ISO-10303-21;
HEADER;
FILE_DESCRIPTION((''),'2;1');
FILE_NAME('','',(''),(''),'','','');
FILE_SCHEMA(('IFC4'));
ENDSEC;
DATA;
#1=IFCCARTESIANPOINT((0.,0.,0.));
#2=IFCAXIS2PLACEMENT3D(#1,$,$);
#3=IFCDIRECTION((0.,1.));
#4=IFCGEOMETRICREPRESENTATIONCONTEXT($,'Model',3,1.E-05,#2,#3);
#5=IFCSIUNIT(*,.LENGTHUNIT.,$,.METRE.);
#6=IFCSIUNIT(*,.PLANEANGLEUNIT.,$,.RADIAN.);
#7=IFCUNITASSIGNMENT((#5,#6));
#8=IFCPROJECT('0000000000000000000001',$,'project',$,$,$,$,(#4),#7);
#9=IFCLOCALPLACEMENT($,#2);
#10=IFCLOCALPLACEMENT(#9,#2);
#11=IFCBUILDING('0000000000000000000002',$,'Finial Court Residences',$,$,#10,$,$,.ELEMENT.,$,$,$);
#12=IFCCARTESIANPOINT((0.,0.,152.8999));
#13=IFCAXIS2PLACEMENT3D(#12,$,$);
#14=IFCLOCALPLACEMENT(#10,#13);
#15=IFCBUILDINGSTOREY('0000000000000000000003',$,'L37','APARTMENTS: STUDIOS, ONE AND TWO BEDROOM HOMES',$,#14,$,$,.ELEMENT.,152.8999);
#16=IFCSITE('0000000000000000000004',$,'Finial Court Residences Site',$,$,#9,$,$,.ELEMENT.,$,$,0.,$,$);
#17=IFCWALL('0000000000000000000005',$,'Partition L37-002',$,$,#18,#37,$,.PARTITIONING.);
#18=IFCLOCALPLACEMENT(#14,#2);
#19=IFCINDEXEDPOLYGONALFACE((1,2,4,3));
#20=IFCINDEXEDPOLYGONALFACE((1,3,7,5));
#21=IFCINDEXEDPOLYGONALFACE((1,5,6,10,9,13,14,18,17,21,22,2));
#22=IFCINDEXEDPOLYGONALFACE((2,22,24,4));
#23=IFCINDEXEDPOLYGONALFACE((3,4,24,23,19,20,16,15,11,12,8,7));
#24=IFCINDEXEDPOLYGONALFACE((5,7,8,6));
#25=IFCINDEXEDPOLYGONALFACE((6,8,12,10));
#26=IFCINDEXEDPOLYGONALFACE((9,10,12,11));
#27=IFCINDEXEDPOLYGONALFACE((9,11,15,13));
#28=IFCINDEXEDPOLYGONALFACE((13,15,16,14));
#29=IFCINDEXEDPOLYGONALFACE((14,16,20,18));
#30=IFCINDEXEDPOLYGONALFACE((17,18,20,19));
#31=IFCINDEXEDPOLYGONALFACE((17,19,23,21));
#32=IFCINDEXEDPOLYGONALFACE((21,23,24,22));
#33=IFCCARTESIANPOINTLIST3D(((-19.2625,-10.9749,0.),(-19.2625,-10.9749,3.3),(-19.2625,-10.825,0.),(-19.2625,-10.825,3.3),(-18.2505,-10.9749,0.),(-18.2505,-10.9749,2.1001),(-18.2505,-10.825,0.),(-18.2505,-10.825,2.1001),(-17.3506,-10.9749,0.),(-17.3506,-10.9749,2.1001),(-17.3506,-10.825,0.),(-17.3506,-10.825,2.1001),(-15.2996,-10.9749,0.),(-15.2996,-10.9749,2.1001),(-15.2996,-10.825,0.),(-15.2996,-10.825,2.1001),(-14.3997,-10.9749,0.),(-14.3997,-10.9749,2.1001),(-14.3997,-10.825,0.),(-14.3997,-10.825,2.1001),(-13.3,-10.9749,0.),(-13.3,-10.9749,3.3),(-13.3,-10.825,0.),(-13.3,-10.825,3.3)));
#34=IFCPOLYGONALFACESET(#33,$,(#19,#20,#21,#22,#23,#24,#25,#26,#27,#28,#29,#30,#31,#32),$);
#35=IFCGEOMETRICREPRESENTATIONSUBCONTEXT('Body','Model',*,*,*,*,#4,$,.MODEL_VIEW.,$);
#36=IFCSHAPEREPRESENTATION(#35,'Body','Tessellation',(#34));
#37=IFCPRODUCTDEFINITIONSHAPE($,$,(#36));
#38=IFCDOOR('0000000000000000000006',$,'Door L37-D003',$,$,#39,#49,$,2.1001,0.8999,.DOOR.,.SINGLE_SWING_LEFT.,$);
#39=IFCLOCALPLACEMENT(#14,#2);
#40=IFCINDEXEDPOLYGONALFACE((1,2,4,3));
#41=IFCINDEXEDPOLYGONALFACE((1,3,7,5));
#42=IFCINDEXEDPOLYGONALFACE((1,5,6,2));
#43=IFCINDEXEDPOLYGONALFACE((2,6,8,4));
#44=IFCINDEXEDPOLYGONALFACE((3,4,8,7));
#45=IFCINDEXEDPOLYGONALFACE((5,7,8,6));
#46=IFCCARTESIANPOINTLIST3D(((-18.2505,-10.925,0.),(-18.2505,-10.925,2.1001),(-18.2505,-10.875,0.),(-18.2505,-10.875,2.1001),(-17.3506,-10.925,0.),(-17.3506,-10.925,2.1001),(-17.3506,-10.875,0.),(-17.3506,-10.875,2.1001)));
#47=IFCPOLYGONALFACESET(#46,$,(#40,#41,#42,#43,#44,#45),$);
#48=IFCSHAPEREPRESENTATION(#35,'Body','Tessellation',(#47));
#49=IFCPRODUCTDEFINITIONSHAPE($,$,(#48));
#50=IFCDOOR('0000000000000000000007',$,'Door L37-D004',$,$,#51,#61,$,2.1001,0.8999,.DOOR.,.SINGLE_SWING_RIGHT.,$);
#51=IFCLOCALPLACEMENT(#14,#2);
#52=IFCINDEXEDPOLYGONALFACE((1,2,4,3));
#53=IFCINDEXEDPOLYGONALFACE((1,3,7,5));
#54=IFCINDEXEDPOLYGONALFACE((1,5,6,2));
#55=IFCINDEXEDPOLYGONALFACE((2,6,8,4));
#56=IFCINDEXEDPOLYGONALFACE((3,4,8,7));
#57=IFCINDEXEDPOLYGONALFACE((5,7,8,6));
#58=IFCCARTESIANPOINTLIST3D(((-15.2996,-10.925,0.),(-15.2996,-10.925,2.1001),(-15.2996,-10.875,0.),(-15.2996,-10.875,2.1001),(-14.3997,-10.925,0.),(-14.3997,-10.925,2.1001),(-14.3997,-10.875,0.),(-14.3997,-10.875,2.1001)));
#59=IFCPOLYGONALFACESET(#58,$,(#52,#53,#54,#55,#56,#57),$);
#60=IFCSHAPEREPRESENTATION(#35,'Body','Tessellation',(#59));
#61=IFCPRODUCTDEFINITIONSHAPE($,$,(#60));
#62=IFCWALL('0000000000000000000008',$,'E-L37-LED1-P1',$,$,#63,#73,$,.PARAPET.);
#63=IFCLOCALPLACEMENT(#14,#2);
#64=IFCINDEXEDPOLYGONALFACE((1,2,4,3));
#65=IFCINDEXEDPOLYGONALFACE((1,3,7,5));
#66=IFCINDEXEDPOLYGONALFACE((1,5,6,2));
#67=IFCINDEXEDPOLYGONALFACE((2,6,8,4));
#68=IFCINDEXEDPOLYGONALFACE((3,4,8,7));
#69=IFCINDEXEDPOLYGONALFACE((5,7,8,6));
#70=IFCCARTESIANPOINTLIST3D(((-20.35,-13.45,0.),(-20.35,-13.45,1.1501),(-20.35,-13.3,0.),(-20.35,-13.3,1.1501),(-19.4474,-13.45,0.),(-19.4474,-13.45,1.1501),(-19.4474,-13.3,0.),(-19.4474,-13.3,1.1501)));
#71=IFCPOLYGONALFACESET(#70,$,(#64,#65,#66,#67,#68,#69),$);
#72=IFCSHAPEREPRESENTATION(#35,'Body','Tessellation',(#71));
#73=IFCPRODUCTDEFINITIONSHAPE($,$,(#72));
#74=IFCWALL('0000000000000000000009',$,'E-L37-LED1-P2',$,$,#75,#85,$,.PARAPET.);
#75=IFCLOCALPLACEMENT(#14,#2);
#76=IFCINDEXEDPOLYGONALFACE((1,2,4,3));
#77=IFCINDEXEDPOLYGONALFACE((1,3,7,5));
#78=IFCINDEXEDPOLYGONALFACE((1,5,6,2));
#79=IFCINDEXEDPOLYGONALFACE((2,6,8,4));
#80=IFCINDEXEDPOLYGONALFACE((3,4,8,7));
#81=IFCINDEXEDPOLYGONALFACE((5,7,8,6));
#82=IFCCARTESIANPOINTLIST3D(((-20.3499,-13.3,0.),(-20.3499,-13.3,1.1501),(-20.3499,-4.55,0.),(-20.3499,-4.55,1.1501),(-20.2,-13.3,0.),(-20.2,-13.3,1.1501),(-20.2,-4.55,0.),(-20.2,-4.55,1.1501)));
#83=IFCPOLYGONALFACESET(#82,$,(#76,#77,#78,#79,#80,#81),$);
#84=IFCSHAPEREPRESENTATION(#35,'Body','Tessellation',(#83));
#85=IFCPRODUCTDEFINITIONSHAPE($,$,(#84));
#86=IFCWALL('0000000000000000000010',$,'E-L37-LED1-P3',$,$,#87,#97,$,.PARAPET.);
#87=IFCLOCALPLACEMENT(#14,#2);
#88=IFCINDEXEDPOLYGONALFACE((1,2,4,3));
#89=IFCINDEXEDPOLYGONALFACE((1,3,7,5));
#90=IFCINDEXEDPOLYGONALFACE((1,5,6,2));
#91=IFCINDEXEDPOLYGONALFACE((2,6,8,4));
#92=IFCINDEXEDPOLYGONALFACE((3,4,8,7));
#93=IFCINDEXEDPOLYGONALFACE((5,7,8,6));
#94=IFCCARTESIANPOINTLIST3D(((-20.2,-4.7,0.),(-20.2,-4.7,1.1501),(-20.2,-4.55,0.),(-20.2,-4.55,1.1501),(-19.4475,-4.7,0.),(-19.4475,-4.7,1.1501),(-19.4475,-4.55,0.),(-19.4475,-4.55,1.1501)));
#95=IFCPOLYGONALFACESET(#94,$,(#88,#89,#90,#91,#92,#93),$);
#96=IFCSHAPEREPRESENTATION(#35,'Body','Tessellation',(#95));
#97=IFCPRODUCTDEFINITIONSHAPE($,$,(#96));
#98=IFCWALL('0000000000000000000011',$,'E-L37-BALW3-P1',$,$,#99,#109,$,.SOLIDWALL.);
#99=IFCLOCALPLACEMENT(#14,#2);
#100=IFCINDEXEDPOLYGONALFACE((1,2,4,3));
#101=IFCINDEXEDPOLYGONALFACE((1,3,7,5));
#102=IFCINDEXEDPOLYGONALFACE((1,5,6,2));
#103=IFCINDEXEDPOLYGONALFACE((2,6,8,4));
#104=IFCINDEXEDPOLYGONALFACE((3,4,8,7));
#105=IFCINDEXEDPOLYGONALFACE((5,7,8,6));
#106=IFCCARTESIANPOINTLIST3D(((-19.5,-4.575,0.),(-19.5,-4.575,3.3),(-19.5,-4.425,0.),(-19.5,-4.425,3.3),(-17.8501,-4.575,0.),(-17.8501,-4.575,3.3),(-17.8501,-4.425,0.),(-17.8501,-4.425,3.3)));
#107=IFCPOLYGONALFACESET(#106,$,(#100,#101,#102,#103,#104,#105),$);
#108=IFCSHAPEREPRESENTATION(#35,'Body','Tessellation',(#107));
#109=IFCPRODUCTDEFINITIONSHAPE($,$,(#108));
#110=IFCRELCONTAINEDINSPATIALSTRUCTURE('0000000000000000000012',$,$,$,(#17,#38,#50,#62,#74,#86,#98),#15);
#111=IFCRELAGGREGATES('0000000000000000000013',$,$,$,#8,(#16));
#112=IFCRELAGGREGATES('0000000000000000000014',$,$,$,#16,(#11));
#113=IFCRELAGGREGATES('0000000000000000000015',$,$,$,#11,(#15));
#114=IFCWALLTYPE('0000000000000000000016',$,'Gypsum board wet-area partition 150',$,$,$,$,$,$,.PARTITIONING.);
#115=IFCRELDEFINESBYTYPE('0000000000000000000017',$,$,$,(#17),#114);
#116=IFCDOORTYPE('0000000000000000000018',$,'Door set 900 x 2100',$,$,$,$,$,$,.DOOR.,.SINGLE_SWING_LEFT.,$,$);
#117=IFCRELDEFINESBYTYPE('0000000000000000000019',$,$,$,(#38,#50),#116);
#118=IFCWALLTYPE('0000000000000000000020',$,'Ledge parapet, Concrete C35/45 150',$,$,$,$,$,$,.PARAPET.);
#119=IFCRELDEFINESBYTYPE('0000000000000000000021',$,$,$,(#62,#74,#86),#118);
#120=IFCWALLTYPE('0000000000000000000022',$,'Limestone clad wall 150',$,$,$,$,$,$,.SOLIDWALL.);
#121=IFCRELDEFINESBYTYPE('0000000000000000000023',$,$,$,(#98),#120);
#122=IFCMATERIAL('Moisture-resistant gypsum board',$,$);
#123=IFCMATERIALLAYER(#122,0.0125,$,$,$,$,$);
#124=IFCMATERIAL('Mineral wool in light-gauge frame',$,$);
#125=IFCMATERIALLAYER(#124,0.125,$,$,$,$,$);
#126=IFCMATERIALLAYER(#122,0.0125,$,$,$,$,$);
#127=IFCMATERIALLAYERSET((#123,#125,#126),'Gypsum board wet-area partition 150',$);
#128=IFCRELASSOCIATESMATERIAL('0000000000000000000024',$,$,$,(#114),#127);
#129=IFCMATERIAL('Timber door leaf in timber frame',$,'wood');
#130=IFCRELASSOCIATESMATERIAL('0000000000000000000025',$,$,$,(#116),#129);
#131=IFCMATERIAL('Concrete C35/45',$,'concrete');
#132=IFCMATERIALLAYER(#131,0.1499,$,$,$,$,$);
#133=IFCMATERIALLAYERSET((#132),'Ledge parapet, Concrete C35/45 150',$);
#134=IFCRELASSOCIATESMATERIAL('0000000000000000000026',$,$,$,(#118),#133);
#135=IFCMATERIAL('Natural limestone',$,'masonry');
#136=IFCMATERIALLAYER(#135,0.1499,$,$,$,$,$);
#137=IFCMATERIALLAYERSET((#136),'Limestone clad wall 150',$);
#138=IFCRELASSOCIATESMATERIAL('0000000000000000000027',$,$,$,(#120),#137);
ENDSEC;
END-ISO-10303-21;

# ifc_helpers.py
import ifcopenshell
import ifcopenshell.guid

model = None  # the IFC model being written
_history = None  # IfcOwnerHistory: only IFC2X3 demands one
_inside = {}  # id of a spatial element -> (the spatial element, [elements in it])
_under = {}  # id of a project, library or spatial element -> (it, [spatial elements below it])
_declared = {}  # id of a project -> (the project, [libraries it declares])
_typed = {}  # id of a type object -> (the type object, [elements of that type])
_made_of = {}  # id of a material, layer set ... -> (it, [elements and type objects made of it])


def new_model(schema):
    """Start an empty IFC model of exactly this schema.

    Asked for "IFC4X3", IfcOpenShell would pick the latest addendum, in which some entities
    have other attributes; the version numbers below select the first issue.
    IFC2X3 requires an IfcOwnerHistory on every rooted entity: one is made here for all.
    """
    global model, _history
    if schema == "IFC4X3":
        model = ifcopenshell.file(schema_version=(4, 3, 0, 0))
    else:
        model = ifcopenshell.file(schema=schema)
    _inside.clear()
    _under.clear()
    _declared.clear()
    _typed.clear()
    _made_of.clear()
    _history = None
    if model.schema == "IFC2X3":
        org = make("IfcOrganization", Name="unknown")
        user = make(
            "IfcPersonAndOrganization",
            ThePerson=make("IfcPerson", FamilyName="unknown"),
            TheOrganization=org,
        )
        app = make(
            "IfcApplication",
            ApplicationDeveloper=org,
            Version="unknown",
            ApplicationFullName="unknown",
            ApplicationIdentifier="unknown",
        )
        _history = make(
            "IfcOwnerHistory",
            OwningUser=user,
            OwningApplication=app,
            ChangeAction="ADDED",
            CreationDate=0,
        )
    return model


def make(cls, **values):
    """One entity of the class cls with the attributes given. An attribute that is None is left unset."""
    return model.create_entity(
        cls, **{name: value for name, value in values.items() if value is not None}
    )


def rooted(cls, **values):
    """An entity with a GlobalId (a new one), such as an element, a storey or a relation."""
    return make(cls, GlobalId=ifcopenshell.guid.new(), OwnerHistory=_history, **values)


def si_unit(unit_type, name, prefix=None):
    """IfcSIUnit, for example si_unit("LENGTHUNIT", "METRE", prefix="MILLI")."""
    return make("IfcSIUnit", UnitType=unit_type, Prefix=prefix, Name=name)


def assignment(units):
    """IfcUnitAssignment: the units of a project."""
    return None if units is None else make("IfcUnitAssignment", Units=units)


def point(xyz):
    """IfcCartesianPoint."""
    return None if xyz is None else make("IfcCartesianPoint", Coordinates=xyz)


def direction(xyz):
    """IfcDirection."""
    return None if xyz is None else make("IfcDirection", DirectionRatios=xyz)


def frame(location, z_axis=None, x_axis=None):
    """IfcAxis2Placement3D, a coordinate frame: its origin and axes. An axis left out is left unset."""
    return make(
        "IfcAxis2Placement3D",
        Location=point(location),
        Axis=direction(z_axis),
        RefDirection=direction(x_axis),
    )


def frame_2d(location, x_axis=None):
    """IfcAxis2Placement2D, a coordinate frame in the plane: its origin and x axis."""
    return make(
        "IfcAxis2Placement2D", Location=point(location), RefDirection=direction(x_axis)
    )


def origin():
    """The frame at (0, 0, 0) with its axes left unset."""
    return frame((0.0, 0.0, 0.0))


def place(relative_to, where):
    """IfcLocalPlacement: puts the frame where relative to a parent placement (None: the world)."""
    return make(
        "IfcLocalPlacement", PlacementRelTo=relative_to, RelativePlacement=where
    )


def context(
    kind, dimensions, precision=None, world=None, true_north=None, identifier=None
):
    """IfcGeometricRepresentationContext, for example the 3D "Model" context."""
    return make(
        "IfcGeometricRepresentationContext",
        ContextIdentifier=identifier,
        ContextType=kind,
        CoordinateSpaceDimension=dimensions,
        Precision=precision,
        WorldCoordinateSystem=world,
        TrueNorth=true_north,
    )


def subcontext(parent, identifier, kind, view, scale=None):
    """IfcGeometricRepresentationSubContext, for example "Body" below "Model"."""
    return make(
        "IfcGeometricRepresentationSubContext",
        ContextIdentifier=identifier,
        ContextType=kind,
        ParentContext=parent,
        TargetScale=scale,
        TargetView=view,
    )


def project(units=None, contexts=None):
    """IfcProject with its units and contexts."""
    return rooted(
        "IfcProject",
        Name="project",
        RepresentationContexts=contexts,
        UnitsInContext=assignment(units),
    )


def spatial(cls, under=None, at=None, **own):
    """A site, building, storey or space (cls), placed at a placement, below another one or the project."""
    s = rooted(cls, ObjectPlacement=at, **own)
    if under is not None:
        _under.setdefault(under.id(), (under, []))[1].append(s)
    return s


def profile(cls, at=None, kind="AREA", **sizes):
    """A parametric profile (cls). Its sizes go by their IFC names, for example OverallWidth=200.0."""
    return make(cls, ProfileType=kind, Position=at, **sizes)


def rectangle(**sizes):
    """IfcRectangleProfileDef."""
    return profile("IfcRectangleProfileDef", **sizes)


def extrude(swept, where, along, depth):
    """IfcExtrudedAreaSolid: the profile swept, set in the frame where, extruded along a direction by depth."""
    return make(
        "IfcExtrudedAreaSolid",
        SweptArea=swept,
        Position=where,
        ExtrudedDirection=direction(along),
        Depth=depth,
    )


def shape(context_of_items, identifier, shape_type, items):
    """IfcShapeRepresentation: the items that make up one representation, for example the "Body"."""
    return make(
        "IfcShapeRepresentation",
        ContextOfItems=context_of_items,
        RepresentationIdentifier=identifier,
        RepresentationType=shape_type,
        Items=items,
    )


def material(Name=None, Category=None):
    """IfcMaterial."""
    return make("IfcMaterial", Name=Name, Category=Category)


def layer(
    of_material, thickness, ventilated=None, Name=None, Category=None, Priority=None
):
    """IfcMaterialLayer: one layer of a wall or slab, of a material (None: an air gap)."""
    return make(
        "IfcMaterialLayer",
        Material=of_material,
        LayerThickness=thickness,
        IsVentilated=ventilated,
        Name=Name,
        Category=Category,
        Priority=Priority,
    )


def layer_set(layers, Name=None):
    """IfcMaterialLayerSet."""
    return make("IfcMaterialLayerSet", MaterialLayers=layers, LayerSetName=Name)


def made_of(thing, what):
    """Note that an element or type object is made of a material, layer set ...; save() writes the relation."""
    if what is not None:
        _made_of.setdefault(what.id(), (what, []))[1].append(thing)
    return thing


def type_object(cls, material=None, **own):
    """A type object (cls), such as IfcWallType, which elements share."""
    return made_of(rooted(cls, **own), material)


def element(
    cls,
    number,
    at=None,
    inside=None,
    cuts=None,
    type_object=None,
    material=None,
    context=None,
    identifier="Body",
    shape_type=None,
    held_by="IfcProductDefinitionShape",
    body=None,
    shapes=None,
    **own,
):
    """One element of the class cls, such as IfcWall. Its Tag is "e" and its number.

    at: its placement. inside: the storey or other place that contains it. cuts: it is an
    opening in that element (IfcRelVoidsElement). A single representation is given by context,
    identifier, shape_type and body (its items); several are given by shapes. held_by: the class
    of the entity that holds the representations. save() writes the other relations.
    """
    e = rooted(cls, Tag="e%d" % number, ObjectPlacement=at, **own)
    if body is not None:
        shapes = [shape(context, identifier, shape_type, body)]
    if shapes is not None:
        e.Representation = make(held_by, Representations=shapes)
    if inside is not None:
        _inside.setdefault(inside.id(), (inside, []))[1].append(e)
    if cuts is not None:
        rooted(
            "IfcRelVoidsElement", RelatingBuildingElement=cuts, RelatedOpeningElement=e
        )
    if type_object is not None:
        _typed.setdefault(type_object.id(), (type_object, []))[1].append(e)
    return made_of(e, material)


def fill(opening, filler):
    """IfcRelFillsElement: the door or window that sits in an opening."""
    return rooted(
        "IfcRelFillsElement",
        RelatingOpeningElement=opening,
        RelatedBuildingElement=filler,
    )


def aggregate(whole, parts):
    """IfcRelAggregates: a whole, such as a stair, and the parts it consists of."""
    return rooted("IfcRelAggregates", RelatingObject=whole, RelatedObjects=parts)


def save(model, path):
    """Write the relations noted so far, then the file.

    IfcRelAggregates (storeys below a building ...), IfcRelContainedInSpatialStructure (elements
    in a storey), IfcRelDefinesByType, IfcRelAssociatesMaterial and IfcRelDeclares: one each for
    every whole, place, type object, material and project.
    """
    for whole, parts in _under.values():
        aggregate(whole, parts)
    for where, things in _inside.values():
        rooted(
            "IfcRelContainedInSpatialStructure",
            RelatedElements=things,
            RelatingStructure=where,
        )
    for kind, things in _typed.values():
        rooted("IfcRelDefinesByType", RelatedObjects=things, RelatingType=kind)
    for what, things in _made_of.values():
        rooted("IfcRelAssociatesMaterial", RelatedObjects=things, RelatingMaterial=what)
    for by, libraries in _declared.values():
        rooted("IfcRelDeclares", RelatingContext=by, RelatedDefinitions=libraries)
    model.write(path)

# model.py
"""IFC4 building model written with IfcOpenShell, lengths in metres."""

from ifc_helpers import new_model, si_unit, direction, frame, frame_2d, origin, place, context, subcontext, project, spatial, rectangle, extrude, material, layer, layer_set, type_object, element, fill, save


model = new_model("IFC4")

# Units and contexts
model_context = context("Model", 3, precision=1e-05, world=origin(), true_north=direction((0.0, 1.0)))
body_context = subcontext(model_context, "Body", "Model", "MODEL_VIEW")
ifc_project = project(units=[si_unit("LENGTHUNIT", "METRE"), si_unit("PLANEANGLEUNIT", "RADIAN")], contexts=[model_context])

# Site, building, storey
site_placement = place(None, origin())
site = spatial("IfcSite", under=ifc_project, at=site_placement, Name="Finial Court Residences Site", CompositionType="ELEMENT", RefElevation=0.0)
building_placement = place(site_placement, origin())
building = spatial("IfcBuilding", under=site, at=building_placement, Name="Finial Court Residences", CompositionType="ELEMENT")
storey_placement = place(building_placement, frame((0.0, 0.0, 152.8999)))
storey = spatial("IfcBuildingStorey", under=building, at=storey_placement, Name="L37", Description="APARTMENTS: STUDIOS, ONE AND TWO BEDROOM HOMES", CompositionType="ELEMENT", Elevation=152.8999)

# Shared definitions
ifc_material_1 = material(Name="Moisture-resistant gypsum board")
ifc_layer_1 = layer(ifc_material_1, 0.0125)
ifc_material_2 = material(Name="Mineral wool in light-gauge frame")
ifc_layer_2 = layer(ifc_material_2, 0.125)
ifc_layer_3 = layer(ifc_material_1, 0.0125)
ifc_layer_set_1 = layer_set([ifc_layer_1, ifc_layer_2, ifc_layer_3], Name="Gypsum board wet-area partition 150")
wall_type_1 = type_object("IfcWallType", Name="Gypsum board wet-area partition 150", PredefinedType="PARTITIONING", material=ifc_layer_set_1)
ifc_material_3 = material(Name="Timber door leaf in timber frame", Category="wood")
door_type_1 = type_object("IfcDoorType", Name="Door set 900 x 2100", OperationType="SINGLE_SWING_LEFT", PredefinedType="DOOR", material=ifc_material_3)

# Wall, openings, doors
wall_1_placement = place(storey_placement, frame((-19.2625, -10.8999, 0.0), z_axis=(0.0, 0.0, 1.0), x_axis=(1.0, 0.0, 0.0)))
wall_1 = element("IfcWall", 1, at=wall_1_placement, inside=storey, type_object=wall_type_1, Name="Partition L37-002", PredefinedType="PARTITIONING", context=body_context, shape_type="SweptSolid", body=[
    extrude(rectangle(XDim=5.9624, YDim=0.1499, at=frame_2d((2.9812, 0.0))), origin(), (0.0, 0.0, 1.0), 3.3),
])
opening_1_placement = place(wall_1_placement, frame((1.012, 0.0, 0.0)))
opening_1 = element("IfcOpeningElement", 2, at=opening_1_placement, cuts=wall_1, PredefinedType="OPENING", context=body_context, shape_type="SweptSolid", body=[
    extrude(rectangle(XDim=0.8999, YDim=2.1001, at=frame_2d((0.45, 1.05))), frame((0.0, 0.085, 0.0), z_axis=(0.0, -1.0, 0.0), x_axis=(1.0, 0.0, 0.0)), (0.0, 0.0, 1.0), 0.1699),
])
opening_2_placement = place(wall_1_placement, frame((3.9629, 0.0, 0.0)))
opening_2 = element("IfcOpeningElement", 3, at=opening_2_placement, cuts=wall_1, PredefinedType="OPENING", context=body_context, shape_type="SweptSolid", body=[
    extrude(rectangle(XDim=0.8999, YDim=2.1001, at=frame_2d((0.45, 1.05))), frame((0.0, 0.085, 0.0), z_axis=(0.0, -1.0, 0.0), x_axis=(1.0, 0.0, 0.0)), (0.0, 0.0, 1.0), 0.1699),
])
door_1_placement = place(opening_1_placement, origin())
door_1 = element("IfcDoor", 4, at=door_1_placement, inside=storey, type_object=door_type_1, Name="Door L37-D003", OperationType="SINGLE_SWING_LEFT", OverallHeight=2.1001, OverallWidth=0.8999, PredefinedType="DOOR", context=body_context, shape_type="SweptSolid", body=[
    extrude(rectangle(XDim=0.8999, YDim=2.1001, at=frame_2d((0.45, 1.05))), frame((0.0, 0.0249, 0.0), z_axis=(0.0, -1.0, 0.0), x_axis=(1.0, 0.0, 0.0)), (0.0, 0.0, 1.0), 0.05),
])
fill(opening_1, door_1)
door_2_placement = place(opening_2_placement, origin())
door_2 = element("IfcDoor", 5, at=door_2_placement, inside=storey, type_object=door_type_1, Name="Door L37-D004", OperationType="SINGLE_SWING_RIGHT", OverallHeight=2.1001, OverallWidth=0.8999, PredefinedType="DOOR", context=body_context, shape_type="SweptSolid", body=[
    extrude(rectangle(XDim=0.8999, YDim=2.1001, at=frame_2d((0.45, 1.05))), frame((0.0, 0.0249, 0.0), z_axis=(0.0, -1.0, 0.0), x_axis=(1.0, 0.0, 0.0)), (0.0, 0.0, 1.0), 0.05),
])
fill(opening_2, door_2)

# Walls
ifc_material_4 = material(Name="Concrete C35/45", Category="concrete")
ifc_layer_4 = layer(ifc_material_4, 0.1499)
ifc_layer_set_2 = layer_set([ifc_layer_4], Name="Ledge parapet, Concrete C35/45 150")
wall_type_2 = type_object("IfcWallType", Name="Ledge parapet, Concrete C35/45 150", PredefinedType="PARAPET", material=ifc_layer_set_2)
wall_2_placement = place(storey_placement, frame((-19.4475, -13.375, 0.0), z_axis=(0.0, 0.0, 1.0), x_axis=(-1.0, 0.0, 0.0)))
element("IfcWall", 6, at=wall_2_placement, inside=storey, type_object=wall_type_2, Name="E-L37-LED1-P1", PredefinedType="PARAPET", context=body_context, shape_type="SweptSolid", body=[
    extrude(rectangle(XDim=0.9026, YDim=0.1499, at=frame_2d((0.4512, 0.0))), origin(), (0.0, 0.0, 1.0), 1.1501),
])
wall_3_placement = place(storey_placement, frame((-20.2749, -13.3, 0.0), z_axis=(0.0, 0.0, 1.0), x_axis=(0.0, 1.0, 0.0)))
element("IfcWall", 7, at=wall_3_placement, inside=storey, type_object=wall_type_2, Name="E-L37-LED1-P2", PredefinedType="PARAPET", context=body_context, shape_type="SweptSolid", body=[
    extrude(rectangle(XDim=8.75, YDim=0.1499, at=frame_2d((4.375, 0.0))), origin(), (0.0, 0.0, 1.0), 1.1501),
])
wall_4_placement = place(storey_placement, frame((-20.2, -4.625, 0.0), z_axis=(0.0, 0.0, 1.0), x_axis=(1.0, 0.0, 0.0)))
element("IfcWall", 8, at=wall_4_placement, inside=storey, type_object=wall_type_2, Name="E-L37-LED1-P3", PredefinedType="PARAPET", context=body_context, shape_type="SweptSolid", body=[
    extrude(rectangle(XDim=0.7524, YDim=0.1499, at=frame_2d((0.3762, 0.0))), origin(), (0.0, 0.0, 1.0), 1.1501),
])
ifc_material_5 = material(Name="Natural limestone", Category="masonry")
ifc_layer_5 = layer(ifc_material_5, 0.1499)
ifc_layer_set_3 = layer_set([ifc_layer_5], Name="Limestone clad wall 150")
wall_type_3 = type_object("IfcWallType", Name="Limestone clad wall 150", PredefinedType="SOLIDWALL", material=ifc_layer_set_3)
wall_5_placement = place(storey_placement, frame((-17.8501, -4.5, 0.0), z_axis=(0.0, 0.0, 1.0), x_axis=(-1.0, 0.0, 0.0)))
element("IfcWall", 9, at=wall_5_placement, inside=storey, type_object=wall_type_3, Name="E-L37-BALW3-P1", PredefinedType="SOLIDWALL", context=body_context, shape_type="SweptSolid", body=[
    extrude(rectangle(XDim=1.6499, YDim=0.1499, at=frame_2d((0.825, 0.0))), origin(), (0.0, 0.0, 1.0), 3.3),
])

save(model, "model.ifc")
